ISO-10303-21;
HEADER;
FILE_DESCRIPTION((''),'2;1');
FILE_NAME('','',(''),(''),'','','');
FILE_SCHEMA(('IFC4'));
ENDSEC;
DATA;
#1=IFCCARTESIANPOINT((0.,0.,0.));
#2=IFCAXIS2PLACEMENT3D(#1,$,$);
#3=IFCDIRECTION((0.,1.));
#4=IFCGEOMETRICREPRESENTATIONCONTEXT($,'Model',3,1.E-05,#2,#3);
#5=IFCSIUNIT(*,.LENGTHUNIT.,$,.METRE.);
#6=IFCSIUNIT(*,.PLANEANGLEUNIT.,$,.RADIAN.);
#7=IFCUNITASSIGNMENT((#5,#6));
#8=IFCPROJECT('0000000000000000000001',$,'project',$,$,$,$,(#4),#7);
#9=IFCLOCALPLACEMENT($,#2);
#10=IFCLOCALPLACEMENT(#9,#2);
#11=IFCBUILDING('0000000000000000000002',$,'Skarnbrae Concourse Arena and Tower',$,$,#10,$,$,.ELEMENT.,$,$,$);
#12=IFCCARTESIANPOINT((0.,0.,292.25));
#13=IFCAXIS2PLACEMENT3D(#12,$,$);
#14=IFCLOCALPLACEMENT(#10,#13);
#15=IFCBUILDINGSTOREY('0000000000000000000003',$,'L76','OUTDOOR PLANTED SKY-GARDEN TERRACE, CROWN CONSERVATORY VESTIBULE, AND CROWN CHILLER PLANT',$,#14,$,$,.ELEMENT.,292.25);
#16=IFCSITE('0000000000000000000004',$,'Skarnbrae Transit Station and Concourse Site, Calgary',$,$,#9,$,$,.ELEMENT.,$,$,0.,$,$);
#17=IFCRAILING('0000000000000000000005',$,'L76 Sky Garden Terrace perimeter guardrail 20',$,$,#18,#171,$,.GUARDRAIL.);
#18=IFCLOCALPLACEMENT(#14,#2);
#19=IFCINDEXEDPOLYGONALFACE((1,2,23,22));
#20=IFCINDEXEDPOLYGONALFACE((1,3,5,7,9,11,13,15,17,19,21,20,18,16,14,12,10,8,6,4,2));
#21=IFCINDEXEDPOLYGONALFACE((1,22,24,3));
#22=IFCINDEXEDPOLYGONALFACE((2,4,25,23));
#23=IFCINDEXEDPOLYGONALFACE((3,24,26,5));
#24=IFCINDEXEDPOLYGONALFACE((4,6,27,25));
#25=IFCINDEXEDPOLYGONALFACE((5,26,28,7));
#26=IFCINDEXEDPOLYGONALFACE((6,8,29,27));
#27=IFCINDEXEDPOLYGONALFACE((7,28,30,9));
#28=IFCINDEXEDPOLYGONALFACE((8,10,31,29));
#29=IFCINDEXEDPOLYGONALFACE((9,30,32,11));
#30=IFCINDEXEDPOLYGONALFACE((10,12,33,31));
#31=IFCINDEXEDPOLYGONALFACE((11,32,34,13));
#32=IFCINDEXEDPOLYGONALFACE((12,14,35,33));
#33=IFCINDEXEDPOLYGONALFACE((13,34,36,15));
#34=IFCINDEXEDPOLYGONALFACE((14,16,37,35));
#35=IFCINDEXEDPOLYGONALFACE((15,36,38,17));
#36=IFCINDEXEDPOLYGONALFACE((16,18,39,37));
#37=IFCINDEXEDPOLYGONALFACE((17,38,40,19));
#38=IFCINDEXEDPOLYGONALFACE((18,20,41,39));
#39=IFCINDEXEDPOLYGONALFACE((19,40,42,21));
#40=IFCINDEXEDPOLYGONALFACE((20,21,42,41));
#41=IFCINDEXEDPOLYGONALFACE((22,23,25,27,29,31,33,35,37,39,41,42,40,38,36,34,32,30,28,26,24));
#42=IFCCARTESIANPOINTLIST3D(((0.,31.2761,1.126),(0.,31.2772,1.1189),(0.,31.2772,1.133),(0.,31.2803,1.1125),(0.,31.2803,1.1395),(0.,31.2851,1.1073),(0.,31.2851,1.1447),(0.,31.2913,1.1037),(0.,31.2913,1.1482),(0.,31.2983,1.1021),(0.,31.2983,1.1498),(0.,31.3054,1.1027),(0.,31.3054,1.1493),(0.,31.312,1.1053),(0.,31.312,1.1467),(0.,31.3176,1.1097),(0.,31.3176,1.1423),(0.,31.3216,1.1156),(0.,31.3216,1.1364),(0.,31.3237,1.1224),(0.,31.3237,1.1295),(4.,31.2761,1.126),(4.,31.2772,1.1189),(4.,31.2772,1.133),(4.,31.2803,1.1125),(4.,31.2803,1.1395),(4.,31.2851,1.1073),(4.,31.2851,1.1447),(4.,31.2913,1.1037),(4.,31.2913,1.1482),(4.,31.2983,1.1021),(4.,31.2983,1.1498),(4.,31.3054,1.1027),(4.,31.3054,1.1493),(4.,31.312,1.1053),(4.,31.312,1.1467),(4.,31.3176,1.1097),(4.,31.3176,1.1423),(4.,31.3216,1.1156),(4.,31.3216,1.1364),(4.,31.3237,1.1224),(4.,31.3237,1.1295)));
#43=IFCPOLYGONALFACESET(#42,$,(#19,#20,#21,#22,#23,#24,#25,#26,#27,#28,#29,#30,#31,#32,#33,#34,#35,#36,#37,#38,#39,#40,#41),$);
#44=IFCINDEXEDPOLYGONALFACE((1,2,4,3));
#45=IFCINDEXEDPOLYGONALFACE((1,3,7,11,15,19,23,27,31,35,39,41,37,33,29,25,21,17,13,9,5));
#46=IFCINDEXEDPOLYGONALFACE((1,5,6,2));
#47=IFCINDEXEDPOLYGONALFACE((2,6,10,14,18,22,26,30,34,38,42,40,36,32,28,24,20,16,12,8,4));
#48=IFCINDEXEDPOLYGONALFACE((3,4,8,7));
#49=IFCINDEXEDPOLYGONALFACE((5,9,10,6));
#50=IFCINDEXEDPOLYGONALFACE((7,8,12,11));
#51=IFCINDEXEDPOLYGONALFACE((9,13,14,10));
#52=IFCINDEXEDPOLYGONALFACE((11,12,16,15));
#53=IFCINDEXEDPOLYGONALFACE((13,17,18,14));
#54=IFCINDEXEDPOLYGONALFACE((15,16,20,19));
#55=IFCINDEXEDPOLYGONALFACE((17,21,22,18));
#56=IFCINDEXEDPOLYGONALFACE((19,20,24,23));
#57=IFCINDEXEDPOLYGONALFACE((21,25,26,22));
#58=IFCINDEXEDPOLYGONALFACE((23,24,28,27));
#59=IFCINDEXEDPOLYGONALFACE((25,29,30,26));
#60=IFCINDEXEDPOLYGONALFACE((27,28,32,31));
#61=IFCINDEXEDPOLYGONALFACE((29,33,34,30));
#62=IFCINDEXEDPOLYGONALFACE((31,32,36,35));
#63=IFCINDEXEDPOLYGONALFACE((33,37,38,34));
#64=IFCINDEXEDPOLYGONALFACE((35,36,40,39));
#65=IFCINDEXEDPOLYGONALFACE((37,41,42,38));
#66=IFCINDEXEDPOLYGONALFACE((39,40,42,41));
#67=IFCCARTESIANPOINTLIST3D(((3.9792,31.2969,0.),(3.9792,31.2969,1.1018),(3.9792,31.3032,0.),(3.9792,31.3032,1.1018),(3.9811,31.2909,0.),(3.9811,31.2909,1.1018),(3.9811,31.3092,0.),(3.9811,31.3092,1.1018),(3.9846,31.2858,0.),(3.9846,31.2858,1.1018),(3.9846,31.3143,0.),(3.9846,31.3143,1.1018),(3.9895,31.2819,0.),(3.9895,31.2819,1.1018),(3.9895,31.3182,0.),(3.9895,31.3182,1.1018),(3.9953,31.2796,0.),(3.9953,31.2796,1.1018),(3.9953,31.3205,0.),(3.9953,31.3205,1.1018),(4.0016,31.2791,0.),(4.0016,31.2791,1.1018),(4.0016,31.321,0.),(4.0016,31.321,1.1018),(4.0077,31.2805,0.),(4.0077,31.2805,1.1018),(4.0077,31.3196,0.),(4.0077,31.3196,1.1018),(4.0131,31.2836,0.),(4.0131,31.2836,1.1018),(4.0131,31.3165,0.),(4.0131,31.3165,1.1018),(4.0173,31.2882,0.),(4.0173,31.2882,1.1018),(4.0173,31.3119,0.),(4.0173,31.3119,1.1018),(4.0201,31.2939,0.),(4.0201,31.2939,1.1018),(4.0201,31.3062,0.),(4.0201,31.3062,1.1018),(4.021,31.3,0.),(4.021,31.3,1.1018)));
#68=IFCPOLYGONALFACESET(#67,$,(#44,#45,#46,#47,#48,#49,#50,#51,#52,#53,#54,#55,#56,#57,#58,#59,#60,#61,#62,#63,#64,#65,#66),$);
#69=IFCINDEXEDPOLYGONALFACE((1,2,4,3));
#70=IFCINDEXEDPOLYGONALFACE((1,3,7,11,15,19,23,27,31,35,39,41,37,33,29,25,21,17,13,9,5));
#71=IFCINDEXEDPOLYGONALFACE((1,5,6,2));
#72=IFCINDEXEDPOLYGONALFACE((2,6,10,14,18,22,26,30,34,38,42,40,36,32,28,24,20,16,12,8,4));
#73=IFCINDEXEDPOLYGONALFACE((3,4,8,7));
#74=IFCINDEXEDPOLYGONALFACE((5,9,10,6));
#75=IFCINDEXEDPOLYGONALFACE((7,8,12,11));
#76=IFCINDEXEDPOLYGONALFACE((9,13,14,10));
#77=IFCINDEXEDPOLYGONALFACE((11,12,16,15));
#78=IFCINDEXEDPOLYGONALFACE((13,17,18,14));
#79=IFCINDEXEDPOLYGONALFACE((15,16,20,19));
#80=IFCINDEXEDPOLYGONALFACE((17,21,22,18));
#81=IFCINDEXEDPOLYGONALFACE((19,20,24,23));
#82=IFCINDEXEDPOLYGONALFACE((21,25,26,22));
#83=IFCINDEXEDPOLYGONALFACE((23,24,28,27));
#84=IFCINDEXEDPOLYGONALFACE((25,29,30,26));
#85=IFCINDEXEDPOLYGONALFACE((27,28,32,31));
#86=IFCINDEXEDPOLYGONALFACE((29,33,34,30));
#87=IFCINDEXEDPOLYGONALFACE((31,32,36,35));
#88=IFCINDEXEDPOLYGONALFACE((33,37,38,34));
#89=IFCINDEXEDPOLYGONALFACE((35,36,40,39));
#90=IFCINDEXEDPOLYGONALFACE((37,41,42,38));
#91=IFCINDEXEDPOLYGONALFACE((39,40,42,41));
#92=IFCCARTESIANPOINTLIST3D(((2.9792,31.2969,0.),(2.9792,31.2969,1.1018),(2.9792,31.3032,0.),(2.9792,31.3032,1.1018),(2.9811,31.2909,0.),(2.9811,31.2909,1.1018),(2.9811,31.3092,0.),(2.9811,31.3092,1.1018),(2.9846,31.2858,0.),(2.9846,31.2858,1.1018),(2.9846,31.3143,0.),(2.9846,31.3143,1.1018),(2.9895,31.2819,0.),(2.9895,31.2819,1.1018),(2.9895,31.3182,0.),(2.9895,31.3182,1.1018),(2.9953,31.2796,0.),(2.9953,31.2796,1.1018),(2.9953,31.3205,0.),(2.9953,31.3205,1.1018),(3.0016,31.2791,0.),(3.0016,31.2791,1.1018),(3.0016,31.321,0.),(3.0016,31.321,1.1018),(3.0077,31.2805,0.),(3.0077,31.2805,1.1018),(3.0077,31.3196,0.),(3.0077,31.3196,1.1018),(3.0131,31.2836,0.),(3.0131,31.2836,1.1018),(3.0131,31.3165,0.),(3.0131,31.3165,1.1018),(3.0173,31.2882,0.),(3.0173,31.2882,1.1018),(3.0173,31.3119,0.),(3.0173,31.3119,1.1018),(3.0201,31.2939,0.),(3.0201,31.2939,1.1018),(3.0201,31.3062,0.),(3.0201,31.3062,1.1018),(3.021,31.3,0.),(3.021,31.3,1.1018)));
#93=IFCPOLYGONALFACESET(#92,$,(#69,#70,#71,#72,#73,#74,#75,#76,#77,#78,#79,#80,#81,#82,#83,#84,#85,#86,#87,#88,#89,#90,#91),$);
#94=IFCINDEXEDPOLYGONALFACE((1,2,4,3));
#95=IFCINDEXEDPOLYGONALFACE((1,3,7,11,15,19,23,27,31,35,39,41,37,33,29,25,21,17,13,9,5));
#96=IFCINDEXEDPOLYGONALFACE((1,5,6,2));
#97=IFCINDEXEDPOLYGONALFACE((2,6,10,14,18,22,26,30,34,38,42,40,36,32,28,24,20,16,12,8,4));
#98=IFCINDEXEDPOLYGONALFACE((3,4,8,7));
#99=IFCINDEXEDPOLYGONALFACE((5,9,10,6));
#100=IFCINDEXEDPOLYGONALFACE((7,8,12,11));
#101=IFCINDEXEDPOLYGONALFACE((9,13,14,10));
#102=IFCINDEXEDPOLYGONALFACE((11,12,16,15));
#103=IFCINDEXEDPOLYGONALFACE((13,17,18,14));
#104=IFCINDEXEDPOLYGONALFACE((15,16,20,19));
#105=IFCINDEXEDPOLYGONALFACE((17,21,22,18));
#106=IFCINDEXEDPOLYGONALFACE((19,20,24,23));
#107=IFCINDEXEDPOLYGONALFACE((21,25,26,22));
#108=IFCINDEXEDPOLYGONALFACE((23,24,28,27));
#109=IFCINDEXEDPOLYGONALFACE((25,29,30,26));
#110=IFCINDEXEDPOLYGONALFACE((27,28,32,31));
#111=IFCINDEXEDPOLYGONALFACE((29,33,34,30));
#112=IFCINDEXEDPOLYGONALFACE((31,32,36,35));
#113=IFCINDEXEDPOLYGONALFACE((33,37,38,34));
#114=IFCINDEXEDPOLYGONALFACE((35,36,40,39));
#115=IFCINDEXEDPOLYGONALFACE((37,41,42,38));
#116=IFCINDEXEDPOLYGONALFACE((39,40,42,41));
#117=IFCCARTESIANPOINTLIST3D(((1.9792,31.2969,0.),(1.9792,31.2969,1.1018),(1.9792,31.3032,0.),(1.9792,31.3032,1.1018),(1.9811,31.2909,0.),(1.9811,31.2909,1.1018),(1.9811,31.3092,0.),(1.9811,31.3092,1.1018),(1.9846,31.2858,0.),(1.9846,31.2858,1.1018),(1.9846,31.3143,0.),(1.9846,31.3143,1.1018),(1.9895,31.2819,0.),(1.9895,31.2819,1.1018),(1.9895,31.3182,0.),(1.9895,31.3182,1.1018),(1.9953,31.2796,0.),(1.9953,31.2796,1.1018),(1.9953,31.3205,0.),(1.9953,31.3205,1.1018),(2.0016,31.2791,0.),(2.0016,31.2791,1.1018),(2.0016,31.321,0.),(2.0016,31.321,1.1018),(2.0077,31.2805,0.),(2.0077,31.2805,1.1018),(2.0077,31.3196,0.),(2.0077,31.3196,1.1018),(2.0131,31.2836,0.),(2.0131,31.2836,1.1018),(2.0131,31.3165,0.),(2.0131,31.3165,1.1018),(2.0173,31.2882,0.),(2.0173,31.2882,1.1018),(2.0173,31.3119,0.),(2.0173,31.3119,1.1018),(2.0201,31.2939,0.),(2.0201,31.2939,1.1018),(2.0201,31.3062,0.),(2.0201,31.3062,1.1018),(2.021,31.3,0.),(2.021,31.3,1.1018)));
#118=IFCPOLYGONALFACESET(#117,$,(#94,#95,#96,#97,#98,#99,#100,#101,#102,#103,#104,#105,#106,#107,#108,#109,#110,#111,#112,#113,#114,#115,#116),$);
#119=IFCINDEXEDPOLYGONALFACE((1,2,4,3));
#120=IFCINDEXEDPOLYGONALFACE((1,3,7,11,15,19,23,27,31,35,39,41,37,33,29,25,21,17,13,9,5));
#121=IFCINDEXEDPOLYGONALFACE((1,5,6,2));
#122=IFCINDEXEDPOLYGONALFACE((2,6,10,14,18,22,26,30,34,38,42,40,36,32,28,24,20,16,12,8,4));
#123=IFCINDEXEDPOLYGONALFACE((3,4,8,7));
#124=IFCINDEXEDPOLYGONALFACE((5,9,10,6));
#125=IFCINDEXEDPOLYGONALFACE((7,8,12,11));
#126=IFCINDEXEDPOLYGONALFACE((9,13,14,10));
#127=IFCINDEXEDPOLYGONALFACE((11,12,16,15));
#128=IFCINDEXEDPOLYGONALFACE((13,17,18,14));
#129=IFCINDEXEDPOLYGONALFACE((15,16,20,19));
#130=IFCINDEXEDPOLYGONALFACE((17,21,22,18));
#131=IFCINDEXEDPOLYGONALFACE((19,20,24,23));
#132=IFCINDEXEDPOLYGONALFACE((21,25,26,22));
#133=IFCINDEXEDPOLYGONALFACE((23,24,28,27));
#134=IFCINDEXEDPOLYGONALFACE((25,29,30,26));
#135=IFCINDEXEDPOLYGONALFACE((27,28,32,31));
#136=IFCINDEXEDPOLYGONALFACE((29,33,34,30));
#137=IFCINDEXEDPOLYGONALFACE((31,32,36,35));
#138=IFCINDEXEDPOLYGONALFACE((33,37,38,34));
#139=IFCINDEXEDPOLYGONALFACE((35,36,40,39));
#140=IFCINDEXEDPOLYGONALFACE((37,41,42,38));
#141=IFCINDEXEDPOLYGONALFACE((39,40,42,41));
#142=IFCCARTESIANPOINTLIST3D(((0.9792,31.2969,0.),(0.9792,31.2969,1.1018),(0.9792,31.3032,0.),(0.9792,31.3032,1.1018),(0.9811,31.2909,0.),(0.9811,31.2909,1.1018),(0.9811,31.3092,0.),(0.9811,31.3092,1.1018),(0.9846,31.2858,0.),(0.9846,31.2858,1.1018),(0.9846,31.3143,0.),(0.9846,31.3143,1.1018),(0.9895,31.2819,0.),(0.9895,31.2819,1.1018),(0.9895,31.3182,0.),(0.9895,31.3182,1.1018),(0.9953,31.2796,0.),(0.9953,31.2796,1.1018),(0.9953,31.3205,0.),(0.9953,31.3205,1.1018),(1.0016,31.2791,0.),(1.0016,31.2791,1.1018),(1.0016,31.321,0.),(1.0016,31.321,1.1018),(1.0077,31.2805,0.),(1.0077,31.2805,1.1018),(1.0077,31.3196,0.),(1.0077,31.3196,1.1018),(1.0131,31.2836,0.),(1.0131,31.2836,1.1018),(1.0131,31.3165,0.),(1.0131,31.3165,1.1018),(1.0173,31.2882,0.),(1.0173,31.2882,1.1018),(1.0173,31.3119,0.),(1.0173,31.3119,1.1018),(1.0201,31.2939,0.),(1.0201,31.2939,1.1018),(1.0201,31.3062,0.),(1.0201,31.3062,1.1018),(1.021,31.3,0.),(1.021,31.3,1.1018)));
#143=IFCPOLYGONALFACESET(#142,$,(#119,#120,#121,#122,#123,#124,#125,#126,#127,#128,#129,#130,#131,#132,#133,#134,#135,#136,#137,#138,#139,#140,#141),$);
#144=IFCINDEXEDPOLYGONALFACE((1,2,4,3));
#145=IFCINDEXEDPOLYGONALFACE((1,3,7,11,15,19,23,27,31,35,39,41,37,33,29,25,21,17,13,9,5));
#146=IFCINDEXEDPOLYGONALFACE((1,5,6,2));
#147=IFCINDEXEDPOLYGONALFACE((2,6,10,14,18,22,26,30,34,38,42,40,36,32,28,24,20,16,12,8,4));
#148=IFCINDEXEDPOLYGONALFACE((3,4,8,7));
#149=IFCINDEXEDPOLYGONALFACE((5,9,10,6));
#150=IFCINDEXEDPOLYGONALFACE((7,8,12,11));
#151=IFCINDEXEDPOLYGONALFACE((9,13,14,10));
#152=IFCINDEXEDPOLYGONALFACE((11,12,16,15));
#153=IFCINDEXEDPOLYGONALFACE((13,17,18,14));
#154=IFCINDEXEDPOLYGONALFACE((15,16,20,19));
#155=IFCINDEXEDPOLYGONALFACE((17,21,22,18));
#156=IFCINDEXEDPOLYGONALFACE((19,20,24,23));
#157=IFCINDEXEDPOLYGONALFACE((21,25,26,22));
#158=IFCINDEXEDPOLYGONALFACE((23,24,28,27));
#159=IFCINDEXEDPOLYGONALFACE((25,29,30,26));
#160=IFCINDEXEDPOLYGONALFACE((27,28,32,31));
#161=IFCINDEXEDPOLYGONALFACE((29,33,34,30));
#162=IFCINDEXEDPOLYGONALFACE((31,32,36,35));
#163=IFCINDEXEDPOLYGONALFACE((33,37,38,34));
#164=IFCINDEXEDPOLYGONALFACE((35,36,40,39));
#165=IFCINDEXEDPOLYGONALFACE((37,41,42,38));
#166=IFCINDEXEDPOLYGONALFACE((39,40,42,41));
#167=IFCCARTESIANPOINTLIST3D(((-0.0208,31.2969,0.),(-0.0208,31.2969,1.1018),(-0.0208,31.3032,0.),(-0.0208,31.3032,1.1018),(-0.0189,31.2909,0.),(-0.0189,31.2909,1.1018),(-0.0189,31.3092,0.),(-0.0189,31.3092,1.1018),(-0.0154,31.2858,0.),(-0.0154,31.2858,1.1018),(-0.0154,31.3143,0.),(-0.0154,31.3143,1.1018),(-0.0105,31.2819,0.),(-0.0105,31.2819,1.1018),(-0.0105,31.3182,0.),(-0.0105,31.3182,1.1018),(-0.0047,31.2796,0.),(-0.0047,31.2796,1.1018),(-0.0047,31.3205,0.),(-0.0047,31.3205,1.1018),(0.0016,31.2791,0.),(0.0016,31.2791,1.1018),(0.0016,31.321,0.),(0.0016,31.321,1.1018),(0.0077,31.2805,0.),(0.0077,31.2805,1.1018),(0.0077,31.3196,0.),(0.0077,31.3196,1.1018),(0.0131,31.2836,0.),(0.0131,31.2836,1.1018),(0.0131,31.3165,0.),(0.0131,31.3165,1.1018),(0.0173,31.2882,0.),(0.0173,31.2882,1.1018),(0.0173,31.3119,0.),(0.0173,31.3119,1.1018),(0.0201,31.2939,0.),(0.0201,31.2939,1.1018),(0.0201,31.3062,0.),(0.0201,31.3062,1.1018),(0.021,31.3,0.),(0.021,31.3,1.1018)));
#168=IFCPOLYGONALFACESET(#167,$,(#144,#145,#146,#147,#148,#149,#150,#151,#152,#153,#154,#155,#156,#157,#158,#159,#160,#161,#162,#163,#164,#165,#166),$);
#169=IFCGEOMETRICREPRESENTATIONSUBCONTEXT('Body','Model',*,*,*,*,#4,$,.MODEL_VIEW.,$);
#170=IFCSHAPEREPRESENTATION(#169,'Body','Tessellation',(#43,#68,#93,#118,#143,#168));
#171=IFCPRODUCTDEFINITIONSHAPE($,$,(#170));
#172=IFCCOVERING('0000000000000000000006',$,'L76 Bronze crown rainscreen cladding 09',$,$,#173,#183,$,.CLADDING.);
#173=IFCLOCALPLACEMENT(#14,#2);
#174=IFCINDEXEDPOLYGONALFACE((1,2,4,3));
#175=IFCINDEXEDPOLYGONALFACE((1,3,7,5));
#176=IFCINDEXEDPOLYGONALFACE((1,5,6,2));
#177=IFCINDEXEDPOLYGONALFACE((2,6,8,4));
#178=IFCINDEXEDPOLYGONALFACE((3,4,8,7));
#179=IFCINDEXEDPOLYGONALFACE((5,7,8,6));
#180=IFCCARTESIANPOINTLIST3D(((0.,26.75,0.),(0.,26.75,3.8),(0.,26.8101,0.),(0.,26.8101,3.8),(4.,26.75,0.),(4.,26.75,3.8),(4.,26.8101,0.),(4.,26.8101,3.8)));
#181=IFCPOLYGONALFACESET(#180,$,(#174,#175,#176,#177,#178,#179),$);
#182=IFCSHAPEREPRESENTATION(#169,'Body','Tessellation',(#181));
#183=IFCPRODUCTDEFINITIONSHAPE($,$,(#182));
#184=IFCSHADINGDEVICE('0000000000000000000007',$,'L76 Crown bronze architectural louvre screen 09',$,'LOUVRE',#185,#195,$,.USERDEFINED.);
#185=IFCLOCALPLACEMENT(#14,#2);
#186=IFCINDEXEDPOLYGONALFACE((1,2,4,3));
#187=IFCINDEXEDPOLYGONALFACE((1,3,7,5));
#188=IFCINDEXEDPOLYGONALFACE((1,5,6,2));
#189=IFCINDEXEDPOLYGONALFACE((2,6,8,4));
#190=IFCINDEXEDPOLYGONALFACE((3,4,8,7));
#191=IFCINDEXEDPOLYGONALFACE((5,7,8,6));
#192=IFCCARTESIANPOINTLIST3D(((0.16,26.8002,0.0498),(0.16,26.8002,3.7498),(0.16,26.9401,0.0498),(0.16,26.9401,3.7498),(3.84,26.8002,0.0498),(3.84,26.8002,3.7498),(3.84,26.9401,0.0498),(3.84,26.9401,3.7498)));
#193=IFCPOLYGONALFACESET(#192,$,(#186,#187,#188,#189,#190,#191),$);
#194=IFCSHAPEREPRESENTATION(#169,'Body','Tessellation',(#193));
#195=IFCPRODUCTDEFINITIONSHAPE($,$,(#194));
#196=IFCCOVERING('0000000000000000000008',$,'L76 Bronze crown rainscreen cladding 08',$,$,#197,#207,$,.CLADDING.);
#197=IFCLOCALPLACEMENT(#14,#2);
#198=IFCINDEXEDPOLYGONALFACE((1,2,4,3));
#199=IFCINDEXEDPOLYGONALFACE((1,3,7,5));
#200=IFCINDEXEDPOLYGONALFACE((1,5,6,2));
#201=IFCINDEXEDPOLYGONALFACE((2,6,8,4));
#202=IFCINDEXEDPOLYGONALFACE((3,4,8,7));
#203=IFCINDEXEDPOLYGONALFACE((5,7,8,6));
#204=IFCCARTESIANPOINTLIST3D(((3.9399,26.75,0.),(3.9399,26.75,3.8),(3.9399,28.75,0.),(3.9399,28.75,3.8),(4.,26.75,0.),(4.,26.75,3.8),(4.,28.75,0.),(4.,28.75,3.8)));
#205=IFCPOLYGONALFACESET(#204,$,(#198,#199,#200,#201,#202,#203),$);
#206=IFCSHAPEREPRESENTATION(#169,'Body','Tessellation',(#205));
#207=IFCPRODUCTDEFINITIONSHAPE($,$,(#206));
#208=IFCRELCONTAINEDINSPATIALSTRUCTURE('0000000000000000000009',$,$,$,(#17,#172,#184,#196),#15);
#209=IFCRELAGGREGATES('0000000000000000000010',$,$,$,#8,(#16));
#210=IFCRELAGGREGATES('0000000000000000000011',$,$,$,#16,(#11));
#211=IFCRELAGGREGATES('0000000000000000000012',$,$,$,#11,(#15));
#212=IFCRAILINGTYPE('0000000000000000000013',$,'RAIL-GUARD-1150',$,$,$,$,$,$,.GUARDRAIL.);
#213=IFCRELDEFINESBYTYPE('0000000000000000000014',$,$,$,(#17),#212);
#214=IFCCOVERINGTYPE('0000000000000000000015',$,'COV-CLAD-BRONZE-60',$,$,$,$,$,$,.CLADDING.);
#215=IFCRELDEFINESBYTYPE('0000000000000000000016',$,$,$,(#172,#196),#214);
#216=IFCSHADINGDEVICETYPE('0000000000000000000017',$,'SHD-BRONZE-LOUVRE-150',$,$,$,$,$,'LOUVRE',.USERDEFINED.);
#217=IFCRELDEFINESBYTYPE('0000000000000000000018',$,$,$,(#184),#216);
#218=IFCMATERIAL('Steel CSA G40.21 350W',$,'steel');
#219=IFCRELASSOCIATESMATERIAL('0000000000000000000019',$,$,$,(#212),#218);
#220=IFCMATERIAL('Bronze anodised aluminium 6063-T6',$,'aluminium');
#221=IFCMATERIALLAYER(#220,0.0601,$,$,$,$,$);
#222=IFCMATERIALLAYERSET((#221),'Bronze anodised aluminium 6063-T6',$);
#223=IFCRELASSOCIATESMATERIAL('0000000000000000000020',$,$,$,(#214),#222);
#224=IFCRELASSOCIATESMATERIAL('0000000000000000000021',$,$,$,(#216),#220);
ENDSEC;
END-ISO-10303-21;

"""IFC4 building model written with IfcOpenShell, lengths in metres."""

from ifc_helpers import new_model, si_unit, direction, frame, origin, origin_2d, place, context, subcontext, project, spatial, rectangle, circle, extrude, source, transform, mapped, material, layer, layer_set, type_object, element, save


model = new_model("IFC4")

# Units and contexts
model_context = context("Model", 3, precision=1e-05, world=origin(), true_north=direction((0.0, 1.0)))
body_context = subcontext(model_context, "Body", "Model", "MODEL_VIEW")
ifc_project = project(units=[si_unit("LENGTHUNIT", "METRE"), si_unit("PLANEANGLEUNIT", "RADIAN")], contexts=[model_context])

# Site, building, storey
site_placement = place(None, origin())
site = spatial("IfcSite", under=ifc_project, at=site_placement, Name="Skarnbrae Transit Station and Concourse Site, Calgary", CompositionType="ELEMENT", RefElevation=0.0)
building_placement = place(site_placement, origin())
building = spatial("IfcBuilding", under=site, at=building_placement, Name="Skarnbrae Concourse Arena and Tower", CompositionType="ELEMENT")
storey_placement = place(building_placement, frame((0.0, 0.0, 292.25)))
storey = spatial("IfcBuildingStorey", under=building, at=storey_placement, Name="L76", Description="OUTDOOR PLANTED SKY-GARDEN TERRACE, CROWN CONSERVATORY VESTIBULE, AND CROWN CHILLER PLANT", CompositionType="ELEMENT", Elevation=292.25)

# Shared definitions
ifc_material_1 = material(Name="Steel CSA G40.21 350W", Category="steel")

# Railing
railing_type = type_object("IfcRailingType", Name="RAIL-GUARD-1150", PredefinedType="GUARDRAIL", material=ifc_material_1)
railing_1_placement = place(storey_placement, frame((4.0, 31.3, 0.0)))
element("IfcRailing", 1, at=railing_1_placement, inside=storey, type_object=railing_type, Name="L76 Sky Garden Terrace perimeter guardrail 20", PredefinedType="GUARDRAIL", context=body_context, shape_type="SweptSolid", body=[
    extrude(circle(Radius=0.0239, at=origin_2d()), frame((0.0, 0.0, 1.126), z_axis=(-1.0, 0.0, 0.0), x_axis=(0.0, -1.0, 0.0)), (0.0, 0.0, 1.0), 4.0),
    extrude(circle(Radius=0.021, at=origin_2d()), origin(), (0.0, 0.0, 1.0), 1.1018),
    extrude(circle(Radius=0.021, at=origin_2d()), frame((-1.0, 0.0, 0.0)), (0.0, 0.0, 1.0), 1.1018),
    extrude(circle(Radius=0.021, at=origin_2d()), frame((-2.0, 0.0, 0.0)), (0.0, 0.0, 1.0), 1.1018),
    extrude(circle(Radius=0.021, at=origin_2d()), frame((-3.0, 0.0, 0.0)), (0.0, 0.0, 1.0), 1.1018),
    extrude(circle(Radius=0.021, at=origin_2d()), frame((-4.0, 0.0, 0.0)), (0.0, 0.0, 1.0), 1.1018),
])

# Covering
ifc_material_2 = material(Name="Bronze anodised aluminium 6063-T6", Category="aluminium")
ifc_layer_1 = layer(ifc_material_2, 0.0601)
ifc_layer_set_1 = layer_set([ifc_layer_1], Name="Bronze anodised aluminium 6063-T6")
covering_type = type_object("IfcCoveringType", Name="COV-CLAD-BRONZE-60", PredefinedType="CLADDING", material=ifc_layer_set_1)
shared_shape_1 = source(origin(), body_context, "Body", "SweptSolid", [
    extrude(rectangle(XDim=4.0, YDim=0.0601, at=origin_2d()), origin(), (0.0, 0.0, 1.0), 3.8),
])
covering_1_placement = place(storey_placement, frame((2.0, 26.78, 0.0), z_axis=(0.0, 0.0, 1.0), x_axis=(-1.0, 0.0, 0.0)))
element("IfcCovering", 2, at=covering_1_placement, inside=storey, type_object=covering_type, Name="L76 Bronze crown rainscreen cladding 09", PredefinedType="CLADDING", context=body_context, shape_type="MappedRepresentation", body=[
    mapped(shared_shape_1, transform((0.0, 0.0, 0.0))),
])

# Shading device
shading_device_type = type_object("IfcShadingDeviceType", Name="SHD-BRONZE-LOUVRE-150", ElementType="LOUVRE", PredefinedType="USERDEFINED", material=ifc_material_2)
shared_shape_2 = source(origin(), body_context, "Body", "SweptSolid", [
    extrude(rectangle(XDim=3.6799, YDim=0.1399, at=origin_2d()), origin(), (0.0, 0.0, 1.0), 3.7),
])
shading_device_1_placement = place(storey_placement, frame((2.0, 26.8701, 0.0498), z_axis=(0.0, 0.0, 1.0), x_axis=(-1.0, 0.0, 0.0)))
element("IfcShadingDevice", 3, at=shading_device_1_placement, inside=storey, type_object=shading_device_type, Name="L76 Crown bronze architectural louvre screen 09", ObjectType="LOUVRE", PredefinedType="USERDEFINED", context=body_context, shape_type="MappedRepresentation", body=[
    mapped(shared_shape_2, transform((0.0, 0.0, 0.0))),
])

# Covering
shared_shape_3 = source(origin(), body_context, "Body", "SweptSolid", [
    extrude(rectangle(XDim=2.0, YDim=0.0601, at=origin_2d()), origin(), (0.0, 0.0, 1.0), 3.8),
])
covering_2_placement = place(storey_placement, frame((3.97, 27.75, 0.0), z_axis=(0.0, 0.0, 1.0), x_axis=(0.0, -1.0, 0.0)))
element("IfcCovering", 4, at=covering_2_placement, inside=storey, type_object=covering_type, Name="L76 Bronze crown rainscreen cladding 08", PredefinedType="CLADDING", context=body_context, shape_type="MappedRepresentation", body=[
    mapped(shared_shape_3, transform((0.0, 0.0, 0.0))),
])

save(model, "model.ifc")
